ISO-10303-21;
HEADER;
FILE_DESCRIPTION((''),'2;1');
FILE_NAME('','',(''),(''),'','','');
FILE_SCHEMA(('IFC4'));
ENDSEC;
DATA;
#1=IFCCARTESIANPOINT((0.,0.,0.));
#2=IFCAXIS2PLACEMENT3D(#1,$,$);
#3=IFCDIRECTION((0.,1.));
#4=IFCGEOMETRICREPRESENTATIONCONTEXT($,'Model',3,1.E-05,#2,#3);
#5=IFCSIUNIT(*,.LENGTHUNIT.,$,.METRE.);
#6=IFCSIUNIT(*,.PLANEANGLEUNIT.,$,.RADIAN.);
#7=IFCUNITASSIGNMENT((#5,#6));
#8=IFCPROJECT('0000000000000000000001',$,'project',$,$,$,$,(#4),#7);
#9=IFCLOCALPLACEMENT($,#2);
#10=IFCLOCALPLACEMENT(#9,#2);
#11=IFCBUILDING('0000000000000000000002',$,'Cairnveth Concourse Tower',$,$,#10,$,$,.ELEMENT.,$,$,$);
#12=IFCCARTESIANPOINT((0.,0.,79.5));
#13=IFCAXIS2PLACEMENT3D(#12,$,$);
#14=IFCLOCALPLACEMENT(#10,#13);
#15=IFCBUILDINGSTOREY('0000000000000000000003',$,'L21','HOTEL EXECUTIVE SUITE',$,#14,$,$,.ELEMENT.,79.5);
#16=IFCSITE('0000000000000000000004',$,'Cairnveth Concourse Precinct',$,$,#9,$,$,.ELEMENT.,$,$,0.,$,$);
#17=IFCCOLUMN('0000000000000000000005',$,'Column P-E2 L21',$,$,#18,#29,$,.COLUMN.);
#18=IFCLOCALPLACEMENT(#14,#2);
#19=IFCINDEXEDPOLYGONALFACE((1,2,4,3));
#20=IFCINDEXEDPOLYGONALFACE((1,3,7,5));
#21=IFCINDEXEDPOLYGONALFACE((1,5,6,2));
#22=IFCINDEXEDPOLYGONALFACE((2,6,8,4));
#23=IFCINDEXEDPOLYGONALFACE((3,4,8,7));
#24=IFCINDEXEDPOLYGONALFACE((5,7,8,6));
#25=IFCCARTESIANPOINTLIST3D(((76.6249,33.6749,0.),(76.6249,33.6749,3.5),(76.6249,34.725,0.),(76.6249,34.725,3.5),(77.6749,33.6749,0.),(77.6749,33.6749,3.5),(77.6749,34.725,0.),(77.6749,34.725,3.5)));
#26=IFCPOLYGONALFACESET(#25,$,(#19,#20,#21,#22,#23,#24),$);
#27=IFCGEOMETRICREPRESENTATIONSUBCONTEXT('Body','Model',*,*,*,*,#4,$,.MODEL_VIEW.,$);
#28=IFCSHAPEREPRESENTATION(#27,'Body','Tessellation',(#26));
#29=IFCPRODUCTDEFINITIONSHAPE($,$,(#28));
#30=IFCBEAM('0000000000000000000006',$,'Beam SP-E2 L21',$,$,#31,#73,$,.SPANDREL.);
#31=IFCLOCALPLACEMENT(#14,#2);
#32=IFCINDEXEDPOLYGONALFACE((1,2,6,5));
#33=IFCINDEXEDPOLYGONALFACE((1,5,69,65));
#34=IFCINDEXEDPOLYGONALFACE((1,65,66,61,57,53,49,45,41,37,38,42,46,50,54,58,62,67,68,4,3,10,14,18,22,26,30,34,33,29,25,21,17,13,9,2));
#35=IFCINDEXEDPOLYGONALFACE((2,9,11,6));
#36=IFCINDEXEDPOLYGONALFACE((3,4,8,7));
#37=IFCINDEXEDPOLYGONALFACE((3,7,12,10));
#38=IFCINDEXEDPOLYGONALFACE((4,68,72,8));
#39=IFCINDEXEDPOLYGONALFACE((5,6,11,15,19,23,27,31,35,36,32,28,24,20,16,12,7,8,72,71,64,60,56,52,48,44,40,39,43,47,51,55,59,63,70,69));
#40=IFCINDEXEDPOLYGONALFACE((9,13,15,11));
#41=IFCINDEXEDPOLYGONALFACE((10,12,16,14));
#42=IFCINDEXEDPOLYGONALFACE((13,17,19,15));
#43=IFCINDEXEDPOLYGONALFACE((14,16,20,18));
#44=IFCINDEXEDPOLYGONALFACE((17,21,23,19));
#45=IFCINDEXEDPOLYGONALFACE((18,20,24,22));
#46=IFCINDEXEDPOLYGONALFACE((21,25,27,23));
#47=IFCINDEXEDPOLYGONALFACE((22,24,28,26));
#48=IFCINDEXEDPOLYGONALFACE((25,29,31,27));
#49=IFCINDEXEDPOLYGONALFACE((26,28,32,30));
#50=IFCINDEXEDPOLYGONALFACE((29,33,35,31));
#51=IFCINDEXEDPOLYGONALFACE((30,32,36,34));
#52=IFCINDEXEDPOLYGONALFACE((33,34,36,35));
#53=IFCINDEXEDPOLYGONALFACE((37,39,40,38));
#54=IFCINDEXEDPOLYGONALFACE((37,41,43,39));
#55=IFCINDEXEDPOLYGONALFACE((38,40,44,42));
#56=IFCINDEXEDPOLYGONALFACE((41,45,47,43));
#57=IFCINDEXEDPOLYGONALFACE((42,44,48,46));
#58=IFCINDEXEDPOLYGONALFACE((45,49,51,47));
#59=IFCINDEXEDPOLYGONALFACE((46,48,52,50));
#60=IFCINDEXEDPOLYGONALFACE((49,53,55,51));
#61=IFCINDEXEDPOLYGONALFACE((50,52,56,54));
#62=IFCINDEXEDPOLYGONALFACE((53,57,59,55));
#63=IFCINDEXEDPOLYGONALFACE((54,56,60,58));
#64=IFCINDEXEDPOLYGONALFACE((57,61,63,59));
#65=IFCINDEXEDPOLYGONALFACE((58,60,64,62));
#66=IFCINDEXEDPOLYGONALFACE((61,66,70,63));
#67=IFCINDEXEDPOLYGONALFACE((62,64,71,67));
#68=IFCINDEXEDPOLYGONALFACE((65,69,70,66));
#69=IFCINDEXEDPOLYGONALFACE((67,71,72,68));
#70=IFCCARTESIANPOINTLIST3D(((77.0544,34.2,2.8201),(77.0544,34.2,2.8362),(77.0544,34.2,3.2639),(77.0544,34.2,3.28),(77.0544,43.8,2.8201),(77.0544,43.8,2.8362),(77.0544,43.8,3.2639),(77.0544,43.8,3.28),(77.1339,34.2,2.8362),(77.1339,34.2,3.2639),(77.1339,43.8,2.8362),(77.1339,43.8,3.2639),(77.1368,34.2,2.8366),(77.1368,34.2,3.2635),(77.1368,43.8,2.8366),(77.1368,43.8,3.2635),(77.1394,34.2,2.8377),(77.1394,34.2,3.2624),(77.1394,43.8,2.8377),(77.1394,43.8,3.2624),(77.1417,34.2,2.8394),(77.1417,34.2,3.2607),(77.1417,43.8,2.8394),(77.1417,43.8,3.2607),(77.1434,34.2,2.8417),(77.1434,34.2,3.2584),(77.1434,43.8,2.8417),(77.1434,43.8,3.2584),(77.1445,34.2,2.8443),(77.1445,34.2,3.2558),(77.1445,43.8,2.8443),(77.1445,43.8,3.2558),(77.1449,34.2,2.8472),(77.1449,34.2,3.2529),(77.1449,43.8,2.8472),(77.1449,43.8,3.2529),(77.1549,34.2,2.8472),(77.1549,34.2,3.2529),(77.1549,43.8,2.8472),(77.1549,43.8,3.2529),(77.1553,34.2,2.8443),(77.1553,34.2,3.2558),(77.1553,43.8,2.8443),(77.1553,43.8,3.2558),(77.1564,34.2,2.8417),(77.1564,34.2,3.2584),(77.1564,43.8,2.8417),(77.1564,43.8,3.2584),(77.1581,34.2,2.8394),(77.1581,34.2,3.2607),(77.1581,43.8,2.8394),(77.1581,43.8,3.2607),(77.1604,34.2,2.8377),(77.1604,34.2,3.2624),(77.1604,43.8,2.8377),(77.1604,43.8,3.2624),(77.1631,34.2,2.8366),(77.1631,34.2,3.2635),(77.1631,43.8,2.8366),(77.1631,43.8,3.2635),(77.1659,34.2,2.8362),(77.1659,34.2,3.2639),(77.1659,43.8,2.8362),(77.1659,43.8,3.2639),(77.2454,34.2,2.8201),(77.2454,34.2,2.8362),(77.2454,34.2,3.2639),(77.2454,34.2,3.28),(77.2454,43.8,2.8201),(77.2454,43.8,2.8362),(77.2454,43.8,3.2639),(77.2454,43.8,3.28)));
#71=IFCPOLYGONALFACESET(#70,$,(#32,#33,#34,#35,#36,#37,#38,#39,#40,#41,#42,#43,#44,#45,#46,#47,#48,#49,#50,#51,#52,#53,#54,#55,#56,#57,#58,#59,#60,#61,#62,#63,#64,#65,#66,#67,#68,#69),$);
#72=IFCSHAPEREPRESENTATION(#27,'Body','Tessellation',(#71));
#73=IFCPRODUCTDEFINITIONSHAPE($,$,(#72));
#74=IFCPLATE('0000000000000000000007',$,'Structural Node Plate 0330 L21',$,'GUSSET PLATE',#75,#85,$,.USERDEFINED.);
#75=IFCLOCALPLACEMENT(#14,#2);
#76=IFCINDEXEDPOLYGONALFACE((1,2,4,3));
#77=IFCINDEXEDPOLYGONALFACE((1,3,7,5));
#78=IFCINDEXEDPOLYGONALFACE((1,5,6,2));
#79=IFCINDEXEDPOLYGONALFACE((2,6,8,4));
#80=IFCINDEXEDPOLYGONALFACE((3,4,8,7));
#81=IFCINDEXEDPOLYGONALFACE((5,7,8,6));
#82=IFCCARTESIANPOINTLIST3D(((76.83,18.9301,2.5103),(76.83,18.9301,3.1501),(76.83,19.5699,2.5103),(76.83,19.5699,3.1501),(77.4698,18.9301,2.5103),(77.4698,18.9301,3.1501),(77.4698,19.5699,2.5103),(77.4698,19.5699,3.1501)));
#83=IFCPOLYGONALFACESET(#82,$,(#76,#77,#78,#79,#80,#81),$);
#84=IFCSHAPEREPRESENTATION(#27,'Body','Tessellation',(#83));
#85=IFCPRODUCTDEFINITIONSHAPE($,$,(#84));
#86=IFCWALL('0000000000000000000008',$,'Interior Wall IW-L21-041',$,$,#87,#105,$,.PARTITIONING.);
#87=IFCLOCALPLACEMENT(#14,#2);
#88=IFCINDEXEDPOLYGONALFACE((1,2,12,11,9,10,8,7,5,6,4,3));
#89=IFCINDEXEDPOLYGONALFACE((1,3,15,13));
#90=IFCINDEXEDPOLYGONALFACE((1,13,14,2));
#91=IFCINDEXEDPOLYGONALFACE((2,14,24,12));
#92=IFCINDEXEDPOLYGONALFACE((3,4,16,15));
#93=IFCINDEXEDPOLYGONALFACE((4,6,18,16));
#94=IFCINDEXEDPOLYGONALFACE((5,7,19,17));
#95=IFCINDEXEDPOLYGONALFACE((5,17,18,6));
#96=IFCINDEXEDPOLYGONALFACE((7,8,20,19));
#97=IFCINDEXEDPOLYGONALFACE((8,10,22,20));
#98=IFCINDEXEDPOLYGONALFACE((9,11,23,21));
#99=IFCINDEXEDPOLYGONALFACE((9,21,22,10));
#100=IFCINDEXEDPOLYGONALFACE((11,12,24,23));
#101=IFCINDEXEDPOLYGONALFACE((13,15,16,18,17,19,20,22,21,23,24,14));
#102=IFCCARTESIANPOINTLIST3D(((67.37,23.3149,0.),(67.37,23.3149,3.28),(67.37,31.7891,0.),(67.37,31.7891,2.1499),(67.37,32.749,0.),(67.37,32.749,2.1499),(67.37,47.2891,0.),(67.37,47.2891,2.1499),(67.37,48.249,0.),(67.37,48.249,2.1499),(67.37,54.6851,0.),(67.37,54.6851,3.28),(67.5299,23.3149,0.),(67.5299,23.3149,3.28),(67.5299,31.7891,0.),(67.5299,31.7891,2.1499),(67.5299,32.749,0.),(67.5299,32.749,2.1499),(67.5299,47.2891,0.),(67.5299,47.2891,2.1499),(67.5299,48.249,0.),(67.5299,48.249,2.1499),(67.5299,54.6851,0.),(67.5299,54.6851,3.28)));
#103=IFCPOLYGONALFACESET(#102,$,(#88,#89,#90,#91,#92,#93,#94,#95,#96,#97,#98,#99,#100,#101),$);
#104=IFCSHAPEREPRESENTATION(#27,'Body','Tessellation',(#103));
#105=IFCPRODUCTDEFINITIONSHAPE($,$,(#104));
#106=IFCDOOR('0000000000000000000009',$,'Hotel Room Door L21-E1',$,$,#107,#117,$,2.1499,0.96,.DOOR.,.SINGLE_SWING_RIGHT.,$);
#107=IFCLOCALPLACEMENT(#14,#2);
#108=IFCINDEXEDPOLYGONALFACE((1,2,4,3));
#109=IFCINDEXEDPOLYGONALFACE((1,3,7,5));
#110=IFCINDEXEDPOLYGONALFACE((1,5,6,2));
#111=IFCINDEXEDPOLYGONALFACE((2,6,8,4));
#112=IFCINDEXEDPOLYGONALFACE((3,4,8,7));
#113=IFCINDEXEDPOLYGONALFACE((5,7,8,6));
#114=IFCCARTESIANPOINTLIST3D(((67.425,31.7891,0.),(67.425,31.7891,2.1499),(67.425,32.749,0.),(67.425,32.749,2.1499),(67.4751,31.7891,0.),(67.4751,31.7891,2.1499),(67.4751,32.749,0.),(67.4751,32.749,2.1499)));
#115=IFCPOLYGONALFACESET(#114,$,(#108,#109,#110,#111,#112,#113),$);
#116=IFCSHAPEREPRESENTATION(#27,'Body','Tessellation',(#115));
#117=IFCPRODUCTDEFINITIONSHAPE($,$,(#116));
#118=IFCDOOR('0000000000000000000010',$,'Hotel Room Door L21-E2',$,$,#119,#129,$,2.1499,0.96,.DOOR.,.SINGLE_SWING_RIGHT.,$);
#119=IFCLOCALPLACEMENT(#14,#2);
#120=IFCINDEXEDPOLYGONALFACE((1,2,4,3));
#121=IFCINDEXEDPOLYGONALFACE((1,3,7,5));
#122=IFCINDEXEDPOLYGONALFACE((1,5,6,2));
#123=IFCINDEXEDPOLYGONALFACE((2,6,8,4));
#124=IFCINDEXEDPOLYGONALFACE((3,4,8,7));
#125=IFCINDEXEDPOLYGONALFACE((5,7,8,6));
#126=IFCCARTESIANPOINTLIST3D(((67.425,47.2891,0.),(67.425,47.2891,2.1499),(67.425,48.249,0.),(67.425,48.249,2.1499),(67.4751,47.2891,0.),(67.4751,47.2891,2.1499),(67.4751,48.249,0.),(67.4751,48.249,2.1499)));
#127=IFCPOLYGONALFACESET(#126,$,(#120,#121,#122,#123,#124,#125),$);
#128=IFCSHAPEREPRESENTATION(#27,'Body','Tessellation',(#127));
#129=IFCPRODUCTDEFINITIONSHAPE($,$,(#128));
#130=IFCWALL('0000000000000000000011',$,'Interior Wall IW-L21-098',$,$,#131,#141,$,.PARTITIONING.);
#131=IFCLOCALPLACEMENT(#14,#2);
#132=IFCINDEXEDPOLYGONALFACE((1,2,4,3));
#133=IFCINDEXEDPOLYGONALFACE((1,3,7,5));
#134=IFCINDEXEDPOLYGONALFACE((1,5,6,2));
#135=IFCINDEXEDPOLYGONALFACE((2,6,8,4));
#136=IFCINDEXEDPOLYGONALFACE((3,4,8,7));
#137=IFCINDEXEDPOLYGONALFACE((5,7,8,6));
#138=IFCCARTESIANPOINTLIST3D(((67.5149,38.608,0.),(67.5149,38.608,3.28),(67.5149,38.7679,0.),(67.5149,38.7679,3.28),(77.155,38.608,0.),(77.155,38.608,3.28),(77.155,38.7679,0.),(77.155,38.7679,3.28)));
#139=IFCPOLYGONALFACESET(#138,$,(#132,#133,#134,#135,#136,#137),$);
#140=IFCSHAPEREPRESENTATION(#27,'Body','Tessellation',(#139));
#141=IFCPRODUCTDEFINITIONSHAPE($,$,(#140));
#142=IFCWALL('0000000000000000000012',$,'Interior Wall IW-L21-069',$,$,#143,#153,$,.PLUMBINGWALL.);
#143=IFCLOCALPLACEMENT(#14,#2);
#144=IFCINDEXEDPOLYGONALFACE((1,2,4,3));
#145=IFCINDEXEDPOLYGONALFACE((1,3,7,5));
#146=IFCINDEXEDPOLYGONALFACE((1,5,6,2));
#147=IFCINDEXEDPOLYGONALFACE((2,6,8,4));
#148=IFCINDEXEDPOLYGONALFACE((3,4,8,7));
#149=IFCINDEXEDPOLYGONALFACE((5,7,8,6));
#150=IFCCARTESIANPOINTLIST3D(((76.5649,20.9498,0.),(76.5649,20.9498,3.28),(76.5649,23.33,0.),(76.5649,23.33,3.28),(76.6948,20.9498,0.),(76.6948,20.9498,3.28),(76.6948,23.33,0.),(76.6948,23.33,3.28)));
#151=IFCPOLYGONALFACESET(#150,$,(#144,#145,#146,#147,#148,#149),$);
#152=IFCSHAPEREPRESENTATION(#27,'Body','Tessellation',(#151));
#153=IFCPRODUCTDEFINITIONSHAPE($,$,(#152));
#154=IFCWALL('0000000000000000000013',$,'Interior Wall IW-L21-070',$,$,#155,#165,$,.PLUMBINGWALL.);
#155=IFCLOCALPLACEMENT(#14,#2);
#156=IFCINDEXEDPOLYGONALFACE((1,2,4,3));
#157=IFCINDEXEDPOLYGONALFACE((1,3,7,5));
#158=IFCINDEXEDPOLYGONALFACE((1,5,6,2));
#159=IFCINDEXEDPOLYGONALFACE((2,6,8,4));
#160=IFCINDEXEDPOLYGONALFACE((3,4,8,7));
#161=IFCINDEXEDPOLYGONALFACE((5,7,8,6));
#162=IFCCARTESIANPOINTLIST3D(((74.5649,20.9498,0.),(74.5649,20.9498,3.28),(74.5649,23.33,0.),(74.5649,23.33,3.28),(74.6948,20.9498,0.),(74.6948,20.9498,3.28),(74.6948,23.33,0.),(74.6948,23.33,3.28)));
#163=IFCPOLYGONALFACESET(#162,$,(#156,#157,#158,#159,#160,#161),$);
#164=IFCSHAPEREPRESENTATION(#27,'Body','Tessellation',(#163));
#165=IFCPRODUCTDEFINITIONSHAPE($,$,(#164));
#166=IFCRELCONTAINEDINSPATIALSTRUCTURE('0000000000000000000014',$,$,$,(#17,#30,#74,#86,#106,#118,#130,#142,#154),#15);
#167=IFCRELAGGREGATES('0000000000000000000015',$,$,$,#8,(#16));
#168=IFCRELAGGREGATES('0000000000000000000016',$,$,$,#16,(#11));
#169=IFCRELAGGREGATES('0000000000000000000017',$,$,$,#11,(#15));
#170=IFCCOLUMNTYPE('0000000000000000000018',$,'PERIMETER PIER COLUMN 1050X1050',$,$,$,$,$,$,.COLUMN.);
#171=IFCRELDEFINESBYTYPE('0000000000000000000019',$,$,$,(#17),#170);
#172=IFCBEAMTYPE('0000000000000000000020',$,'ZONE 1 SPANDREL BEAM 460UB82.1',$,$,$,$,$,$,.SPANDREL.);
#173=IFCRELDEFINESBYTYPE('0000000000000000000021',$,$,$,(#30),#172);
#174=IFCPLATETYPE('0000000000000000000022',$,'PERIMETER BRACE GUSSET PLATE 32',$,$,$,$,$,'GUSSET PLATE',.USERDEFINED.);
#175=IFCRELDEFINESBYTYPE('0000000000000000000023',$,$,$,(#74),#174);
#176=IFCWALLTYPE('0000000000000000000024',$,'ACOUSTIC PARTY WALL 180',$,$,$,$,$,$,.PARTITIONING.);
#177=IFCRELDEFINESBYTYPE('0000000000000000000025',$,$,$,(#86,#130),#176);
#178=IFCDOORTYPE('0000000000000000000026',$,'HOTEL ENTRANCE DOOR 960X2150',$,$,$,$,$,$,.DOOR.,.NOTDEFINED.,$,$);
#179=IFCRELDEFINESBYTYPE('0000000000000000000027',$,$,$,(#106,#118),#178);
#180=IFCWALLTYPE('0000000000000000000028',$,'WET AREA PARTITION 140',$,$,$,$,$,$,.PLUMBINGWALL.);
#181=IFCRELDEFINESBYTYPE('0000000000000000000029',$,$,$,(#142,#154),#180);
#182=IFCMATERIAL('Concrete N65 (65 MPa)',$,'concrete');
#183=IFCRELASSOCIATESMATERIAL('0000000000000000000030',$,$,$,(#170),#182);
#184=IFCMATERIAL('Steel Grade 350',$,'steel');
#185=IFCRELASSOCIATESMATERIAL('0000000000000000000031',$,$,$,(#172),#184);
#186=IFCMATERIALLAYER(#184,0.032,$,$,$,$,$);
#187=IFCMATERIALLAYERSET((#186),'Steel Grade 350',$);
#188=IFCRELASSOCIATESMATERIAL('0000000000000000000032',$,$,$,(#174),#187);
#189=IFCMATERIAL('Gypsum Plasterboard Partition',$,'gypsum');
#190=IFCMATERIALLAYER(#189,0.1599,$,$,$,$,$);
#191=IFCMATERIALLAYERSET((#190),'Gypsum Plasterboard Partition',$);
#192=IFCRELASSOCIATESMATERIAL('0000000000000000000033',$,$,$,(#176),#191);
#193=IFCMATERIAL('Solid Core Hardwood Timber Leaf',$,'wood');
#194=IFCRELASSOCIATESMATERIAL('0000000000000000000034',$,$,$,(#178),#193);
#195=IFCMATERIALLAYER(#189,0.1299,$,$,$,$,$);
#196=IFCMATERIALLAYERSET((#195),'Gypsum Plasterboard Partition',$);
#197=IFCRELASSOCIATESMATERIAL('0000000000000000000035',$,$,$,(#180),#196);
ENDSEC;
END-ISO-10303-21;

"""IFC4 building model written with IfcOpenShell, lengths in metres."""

from ifc_helpers import new_model, si_unit, direction, frame, frame_2d, origin, origin_2d, place, context, subcontext, project, spatial, rectangle, i_section, extrude, material, layer, layer_set, material_profile, profile_set, type_object, element, fill, save


model = new_model("IFC4")

# Units and contexts
model_context = context("Model", 3, precision=1e-05, world=origin(), true_north=direction((0.0, 1.0)))
body_context = subcontext(model_context, "Body", "Model", "MODEL_VIEW")
ifc_project = project(units=[si_unit("LENGTHUNIT", "METRE"), si_unit("PLANEANGLEUNIT", "RADIAN")], contexts=[model_context])

# Site, building, storey
site_placement = place(None, origin())
site = spatial("IfcSite", under=ifc_project, at=site_placement, Name="Cairnveth Concourse Precinct", CompositionType="ELEMENT", RefElevation=0.0)
building_placement = place(site_placement, origin())
building = spatial("IfcBuilding", under=site, at=building_placement, Name="Cairnveth Concourse Tower", CompositionType="ELEMENT")
storey_placement = place(building_placement, frame((0.0, 0.0, 79.5)))
storey = spatial("IfcBuildingStorey", under=building, at=storey_placement, Name="L21", Description="HOTEL EXECUTIVE SUITE", CompositionType="ELEMENT", Elevation=79.5)

# Column
ifc_material_1 = material(Name="Concrete N65 (65 MPa)", Category="concrete")
ifc_material_profile_1 = material_profile(ifc_material_1, rectangle(XDim=1.05, YDim=1.05, at=origin_2d()), Name="RC-COL-1050x1050")
ifc_profile_set_1 = profile_set([ifc_material_profile_1], Name="Concrete N65 (65 MPa)")
column_type = type_object("IfcColumnType", Name="PERIMETER PIER COLUMN 1050X1050", PredefinedType="COLUMN", material=ifc_profile_set_1)
column_placement = place(storey_placement, frame((77.1499, 34.2, 0.0), z_axis=(0.0, 0.0, 1.0), x_axis=(0.0, 1.0, 0.0)))
element("IfcColumn", 1, at=column_placement, inside=storey, type_object=column_type, Name="Column P-E2 L21", PredefinedType="COLUMN", context=body_context, shape_type="SweptSolid", body=[
    extrude(rectangle(XDim=1.05, YDim=1.05, at=origin_2d()), origin(), (0.0, 0.0, 1.0), 3.5),
])

# Beam
ifc_material_2 = material(Name="Steel Grade 350", Category="steel")
ifc_material_profile_2 = material_profile(ifc_material_2, i_section(OverallWidth=0.1909, OverallDepth=0.46, WebThickness=0.01, FlangeThickness=0.0161, FilletRadius=0.011, at=origin_2d()), Name="460UB82.1")
ifc_profile_set_2 = profile_set([ifc_material_profile_2], Name="Steel Grade 350")
beam_type = type_object("IfcBeamType", Name="ZONE 1 SPANDREL BEAM 460UB82.1", PredefinedType="SPANDREL", material=ifc_profile_set_2)
beam_placement = place(storey_placement, frame((77.1499, 34.2, 3.05), z_axis=(0.0, 1.0, 0.0), x_axis=(-1.0, 0.0, 0.0)))
element("IfcBeam", 2, at=beam_placement, inside=storey, type_object=beam_type, Name="Beam SP-E2 L21", PredefinedType="SPANDREL", context=body_context, shape_type="SweptSolid", body=[
    extrude(i_section(OverallWidth=0.1909, OverallDepth=0.46, WebThickness=0.01, FlangeThickness=0.0161, FilletRadius=0.011, at=origin_2d()), origin(), (0.0, 0.0, 1.0), 9.6001),
])

# Plate
ifc_layer_1 = layer(ifc_material_2, 0.032)
ifc_layer_set_1 = layer_set([ifc_layer_1], Name="Steel Grade 350")
plate_type = type_object("IfcPlateType", Name="PERIMETER BRACE GUSSET PLATE 32", ElementType="GUSSET PLATE", PredefinedType="USERDEFINED", material=ifc_layer_set_1)
plate_placement = place(storey_placement, frame((77.1499, 19.25, 2.5103), z_axis=(0.0, 0.0, 1.0), x_axis=(1.0, 0.0, 0.0)))
element("IfcPlate", 3, at=plate_placement, inside=storey, type_object=plate_type, Name="Structural Node Plate 0330 L21", ObjectType="GUSSET PLATE", PredefinedType="USERDEFINED", context=body_context, shape_type="SweptSolid", body=[
    extrude(rectangle(XDim=0.6399, YDim=0.6399, at=origin_2d()), origin(), (0.0, 0.0, 1.0), 0.6399),
])

# Wall, openings, doors
ifc_material_3 = material(Name="Gypsum Plasterboard Partition", Category="gypsum")
ifc_layer_2 = layer(ifc_material_3, 0.1599)
ifc_layer_set_2 = layer_set([ifc_layer_2], Name="Gypsum Plasterboard Partition")
wall_type_1 = type_object("IfcWallType", Name="ACOUSTIC PARTY WALL 180", PredefinedType="PARTITIONING", material=ifc_layer_set_2)
wall_1_placement = place(storey_placement, frame((67.45, 23.3149, 0.0), z_axis=(0.0, 0.0, 1.0), x_axis=(0.0, 1.0, 0.0)))
wall_1 = element("IfcWall", 4, at=wall_1_placement, inside=storey, type_object=wall_type_1, Name="Interior Wall IW-L21-041", PredefinedType="PARTITIONING", context=body_context, shape_type="SweptSolid", body=[
    extrude(rectangle(XDim=31.3701, YDim=0.1599, at=frame_2d((15.6851, 0.0))), origin(), (0.0, 0.0, 1.0), 3.28),
])
opening_1_placement = place(wall_1_placement, frame((8.4741, 0.0, 0.0)))
opening_1 = element("IfcOpeningElement", 5, at=opening_1_placement, cuts=wall_1, PredefinedType="OPENING", context=body_context, shape_type="SweptSolid", body=[
    extrude(rectangle(XDim=0.96, YDim=2.1499, at=frame_2d((0.48, 1.075))), frame((0.0, 0.0898, 0.0), z_axis=(0.0, -1.0, 0.0), x_axis=(1.0, 0.0, 0.0)), (0.0, 0.0, 1.0), 0.1799),
])
opening_2_placement = place(wall_1_placement, frame((23.9741, 0.0, 0.0)))
opening_2 = element("IfcOpeningElement", 6, at=opening_2_placement, cuts=wall_1, PredefinedType="OPENING", context=body_context, shape_type="SweptSolid", body=[
    extrude(rectangle(XDim=0.96, YDim=2.1499, at=frame_2d((0.48, 1.075))), frame((0.0, 0.0898, 0.0), z_axis=(0.0, -1.0, 0.0), x_axis=(1.0, 0.0, 0.0)), (0.0, 0.0, 1.0), 0.1799),
])
ifc_material_4 = material(Name="Solid Core Hardwood Timber Leaf", Category="wood")
door_type_1 = type_object("IfcDoorType", Name="HOTEL ENTRANCE DOOR 960X2150", OperationType="NOTDEFINED", PredefinedType="DOOR", material=ifc_material_4)
door_1_placement = place(opening_1_placement, origin())
door_1 = element("IfcDoor", 7, at=door_1_placement, inside=storey, type_object=door_type_1, Name="Hotel Room Door L21-E1", OperationType="SINGLE_SWING_RIGHT", OverallHeight=2.1499, OverallWidth=0.96, PredefinedType="DOOR", context=body_context, shape_type="SweptSolid", body=[
    extrude(rectangle(XDim=0.96, YDim=2.1499, at=frame_2d((0.48, 1.075))), frame((0.0, 0.0249, 0.0), z_axis=(0.0, -1.0, 0.0), x_axis=(1.0, 0.0, 0.0)), (0.0, 0.0, 1.0), 0.05),
])
fill(opening_1, door_1)
door_2_placement = place(opening_2_placement, origin())
door_2 = element("IfcDoor", 8, at=door_2_placement, inside=storey, type_object=door_type_1, Name="Hotel Room Door L21-E2", OperationType="SINGLE_SWING_RIGHT", OverallHeight=2.1499, OverallWidth=0.96, PredefinedType="DOOR", context=body_context, shape_type="SweptSolid", body=[
    extrude(rectangle(XDim=0.96, YDim=2.1499, at=frame_2d((0.48, 1.075))), frame((0.0, 0.0249, 0.0), z_axis=(0.0, -1.0, 0.0), x_axis=(1.0, 0.0, 0.0)), (0.0, 0.0, 1.0), 0.05),
])
fill(opening_2, door_2)

# Walls
wall_2_placement = place(storey_placement, frame((67.5149, 38.688, 0.0), z_axis=(0.0, 0.0, 1.0), x_axis=(1.0, 0.0, 0.0)))
element("IfcWall", 9, at=wall_2_placement, inside=storey, type_object=wall_type_1, Name="Interior Wall IW-L21-098", PredefinedType="PARTITIONING", context=body_context, shape_type="SweptSolid", body=[
    extrude(rectangle(XDim=9.6401, YDim=0.1599, at=frame_2d((4.8201, 0.0))), origin(), (0.0, 0.0, 1.0), 3.28),
])
ifc_layer_3 = layer(ifc_material_3, 0.1299)
ifc_layer_set_3 = layer_set([ifc_layer_3], Name="Gypsum Plasterboard Partition")
wall_type_2 = type_object("IfcWallType", Name="WET AREA PARTITION 140", PredefinedType="PLUMBINGWALL", material=ifc_layer_set_3)
for number, where, z_axis, x_axis, name in (
    (10, (76.6299, 20.95, 0.0), (0.0, 0.0, 1.0), (0.0, 1.0, 0.0), "Interior Wall IW-L21-069"),
    (11, (74.6299, 20.95, 0.0), (0.0, 0.0, 1.0), (0.0, 1.0, 0.0), "Interior Wall IW-L21-070"),
):
    element("IfcWall", number, at=place(storey_placement, frame(where, z_axis=z_axis, x_axis=x_axis)), inside=storey, type_object=wall_type_2, Name=name, PredefinedType="PLUMBINGWALL", context=body_context, shape_type="SweptSolid", body=[
        extrude(rectangle(XDim=2.3801, YDim=0.1299, at=frame_2d((1.1899, 0.0))), origin(), (0.0, 0.0, 1.0), 3.28),
    ])

save(model, "model.ifc")
